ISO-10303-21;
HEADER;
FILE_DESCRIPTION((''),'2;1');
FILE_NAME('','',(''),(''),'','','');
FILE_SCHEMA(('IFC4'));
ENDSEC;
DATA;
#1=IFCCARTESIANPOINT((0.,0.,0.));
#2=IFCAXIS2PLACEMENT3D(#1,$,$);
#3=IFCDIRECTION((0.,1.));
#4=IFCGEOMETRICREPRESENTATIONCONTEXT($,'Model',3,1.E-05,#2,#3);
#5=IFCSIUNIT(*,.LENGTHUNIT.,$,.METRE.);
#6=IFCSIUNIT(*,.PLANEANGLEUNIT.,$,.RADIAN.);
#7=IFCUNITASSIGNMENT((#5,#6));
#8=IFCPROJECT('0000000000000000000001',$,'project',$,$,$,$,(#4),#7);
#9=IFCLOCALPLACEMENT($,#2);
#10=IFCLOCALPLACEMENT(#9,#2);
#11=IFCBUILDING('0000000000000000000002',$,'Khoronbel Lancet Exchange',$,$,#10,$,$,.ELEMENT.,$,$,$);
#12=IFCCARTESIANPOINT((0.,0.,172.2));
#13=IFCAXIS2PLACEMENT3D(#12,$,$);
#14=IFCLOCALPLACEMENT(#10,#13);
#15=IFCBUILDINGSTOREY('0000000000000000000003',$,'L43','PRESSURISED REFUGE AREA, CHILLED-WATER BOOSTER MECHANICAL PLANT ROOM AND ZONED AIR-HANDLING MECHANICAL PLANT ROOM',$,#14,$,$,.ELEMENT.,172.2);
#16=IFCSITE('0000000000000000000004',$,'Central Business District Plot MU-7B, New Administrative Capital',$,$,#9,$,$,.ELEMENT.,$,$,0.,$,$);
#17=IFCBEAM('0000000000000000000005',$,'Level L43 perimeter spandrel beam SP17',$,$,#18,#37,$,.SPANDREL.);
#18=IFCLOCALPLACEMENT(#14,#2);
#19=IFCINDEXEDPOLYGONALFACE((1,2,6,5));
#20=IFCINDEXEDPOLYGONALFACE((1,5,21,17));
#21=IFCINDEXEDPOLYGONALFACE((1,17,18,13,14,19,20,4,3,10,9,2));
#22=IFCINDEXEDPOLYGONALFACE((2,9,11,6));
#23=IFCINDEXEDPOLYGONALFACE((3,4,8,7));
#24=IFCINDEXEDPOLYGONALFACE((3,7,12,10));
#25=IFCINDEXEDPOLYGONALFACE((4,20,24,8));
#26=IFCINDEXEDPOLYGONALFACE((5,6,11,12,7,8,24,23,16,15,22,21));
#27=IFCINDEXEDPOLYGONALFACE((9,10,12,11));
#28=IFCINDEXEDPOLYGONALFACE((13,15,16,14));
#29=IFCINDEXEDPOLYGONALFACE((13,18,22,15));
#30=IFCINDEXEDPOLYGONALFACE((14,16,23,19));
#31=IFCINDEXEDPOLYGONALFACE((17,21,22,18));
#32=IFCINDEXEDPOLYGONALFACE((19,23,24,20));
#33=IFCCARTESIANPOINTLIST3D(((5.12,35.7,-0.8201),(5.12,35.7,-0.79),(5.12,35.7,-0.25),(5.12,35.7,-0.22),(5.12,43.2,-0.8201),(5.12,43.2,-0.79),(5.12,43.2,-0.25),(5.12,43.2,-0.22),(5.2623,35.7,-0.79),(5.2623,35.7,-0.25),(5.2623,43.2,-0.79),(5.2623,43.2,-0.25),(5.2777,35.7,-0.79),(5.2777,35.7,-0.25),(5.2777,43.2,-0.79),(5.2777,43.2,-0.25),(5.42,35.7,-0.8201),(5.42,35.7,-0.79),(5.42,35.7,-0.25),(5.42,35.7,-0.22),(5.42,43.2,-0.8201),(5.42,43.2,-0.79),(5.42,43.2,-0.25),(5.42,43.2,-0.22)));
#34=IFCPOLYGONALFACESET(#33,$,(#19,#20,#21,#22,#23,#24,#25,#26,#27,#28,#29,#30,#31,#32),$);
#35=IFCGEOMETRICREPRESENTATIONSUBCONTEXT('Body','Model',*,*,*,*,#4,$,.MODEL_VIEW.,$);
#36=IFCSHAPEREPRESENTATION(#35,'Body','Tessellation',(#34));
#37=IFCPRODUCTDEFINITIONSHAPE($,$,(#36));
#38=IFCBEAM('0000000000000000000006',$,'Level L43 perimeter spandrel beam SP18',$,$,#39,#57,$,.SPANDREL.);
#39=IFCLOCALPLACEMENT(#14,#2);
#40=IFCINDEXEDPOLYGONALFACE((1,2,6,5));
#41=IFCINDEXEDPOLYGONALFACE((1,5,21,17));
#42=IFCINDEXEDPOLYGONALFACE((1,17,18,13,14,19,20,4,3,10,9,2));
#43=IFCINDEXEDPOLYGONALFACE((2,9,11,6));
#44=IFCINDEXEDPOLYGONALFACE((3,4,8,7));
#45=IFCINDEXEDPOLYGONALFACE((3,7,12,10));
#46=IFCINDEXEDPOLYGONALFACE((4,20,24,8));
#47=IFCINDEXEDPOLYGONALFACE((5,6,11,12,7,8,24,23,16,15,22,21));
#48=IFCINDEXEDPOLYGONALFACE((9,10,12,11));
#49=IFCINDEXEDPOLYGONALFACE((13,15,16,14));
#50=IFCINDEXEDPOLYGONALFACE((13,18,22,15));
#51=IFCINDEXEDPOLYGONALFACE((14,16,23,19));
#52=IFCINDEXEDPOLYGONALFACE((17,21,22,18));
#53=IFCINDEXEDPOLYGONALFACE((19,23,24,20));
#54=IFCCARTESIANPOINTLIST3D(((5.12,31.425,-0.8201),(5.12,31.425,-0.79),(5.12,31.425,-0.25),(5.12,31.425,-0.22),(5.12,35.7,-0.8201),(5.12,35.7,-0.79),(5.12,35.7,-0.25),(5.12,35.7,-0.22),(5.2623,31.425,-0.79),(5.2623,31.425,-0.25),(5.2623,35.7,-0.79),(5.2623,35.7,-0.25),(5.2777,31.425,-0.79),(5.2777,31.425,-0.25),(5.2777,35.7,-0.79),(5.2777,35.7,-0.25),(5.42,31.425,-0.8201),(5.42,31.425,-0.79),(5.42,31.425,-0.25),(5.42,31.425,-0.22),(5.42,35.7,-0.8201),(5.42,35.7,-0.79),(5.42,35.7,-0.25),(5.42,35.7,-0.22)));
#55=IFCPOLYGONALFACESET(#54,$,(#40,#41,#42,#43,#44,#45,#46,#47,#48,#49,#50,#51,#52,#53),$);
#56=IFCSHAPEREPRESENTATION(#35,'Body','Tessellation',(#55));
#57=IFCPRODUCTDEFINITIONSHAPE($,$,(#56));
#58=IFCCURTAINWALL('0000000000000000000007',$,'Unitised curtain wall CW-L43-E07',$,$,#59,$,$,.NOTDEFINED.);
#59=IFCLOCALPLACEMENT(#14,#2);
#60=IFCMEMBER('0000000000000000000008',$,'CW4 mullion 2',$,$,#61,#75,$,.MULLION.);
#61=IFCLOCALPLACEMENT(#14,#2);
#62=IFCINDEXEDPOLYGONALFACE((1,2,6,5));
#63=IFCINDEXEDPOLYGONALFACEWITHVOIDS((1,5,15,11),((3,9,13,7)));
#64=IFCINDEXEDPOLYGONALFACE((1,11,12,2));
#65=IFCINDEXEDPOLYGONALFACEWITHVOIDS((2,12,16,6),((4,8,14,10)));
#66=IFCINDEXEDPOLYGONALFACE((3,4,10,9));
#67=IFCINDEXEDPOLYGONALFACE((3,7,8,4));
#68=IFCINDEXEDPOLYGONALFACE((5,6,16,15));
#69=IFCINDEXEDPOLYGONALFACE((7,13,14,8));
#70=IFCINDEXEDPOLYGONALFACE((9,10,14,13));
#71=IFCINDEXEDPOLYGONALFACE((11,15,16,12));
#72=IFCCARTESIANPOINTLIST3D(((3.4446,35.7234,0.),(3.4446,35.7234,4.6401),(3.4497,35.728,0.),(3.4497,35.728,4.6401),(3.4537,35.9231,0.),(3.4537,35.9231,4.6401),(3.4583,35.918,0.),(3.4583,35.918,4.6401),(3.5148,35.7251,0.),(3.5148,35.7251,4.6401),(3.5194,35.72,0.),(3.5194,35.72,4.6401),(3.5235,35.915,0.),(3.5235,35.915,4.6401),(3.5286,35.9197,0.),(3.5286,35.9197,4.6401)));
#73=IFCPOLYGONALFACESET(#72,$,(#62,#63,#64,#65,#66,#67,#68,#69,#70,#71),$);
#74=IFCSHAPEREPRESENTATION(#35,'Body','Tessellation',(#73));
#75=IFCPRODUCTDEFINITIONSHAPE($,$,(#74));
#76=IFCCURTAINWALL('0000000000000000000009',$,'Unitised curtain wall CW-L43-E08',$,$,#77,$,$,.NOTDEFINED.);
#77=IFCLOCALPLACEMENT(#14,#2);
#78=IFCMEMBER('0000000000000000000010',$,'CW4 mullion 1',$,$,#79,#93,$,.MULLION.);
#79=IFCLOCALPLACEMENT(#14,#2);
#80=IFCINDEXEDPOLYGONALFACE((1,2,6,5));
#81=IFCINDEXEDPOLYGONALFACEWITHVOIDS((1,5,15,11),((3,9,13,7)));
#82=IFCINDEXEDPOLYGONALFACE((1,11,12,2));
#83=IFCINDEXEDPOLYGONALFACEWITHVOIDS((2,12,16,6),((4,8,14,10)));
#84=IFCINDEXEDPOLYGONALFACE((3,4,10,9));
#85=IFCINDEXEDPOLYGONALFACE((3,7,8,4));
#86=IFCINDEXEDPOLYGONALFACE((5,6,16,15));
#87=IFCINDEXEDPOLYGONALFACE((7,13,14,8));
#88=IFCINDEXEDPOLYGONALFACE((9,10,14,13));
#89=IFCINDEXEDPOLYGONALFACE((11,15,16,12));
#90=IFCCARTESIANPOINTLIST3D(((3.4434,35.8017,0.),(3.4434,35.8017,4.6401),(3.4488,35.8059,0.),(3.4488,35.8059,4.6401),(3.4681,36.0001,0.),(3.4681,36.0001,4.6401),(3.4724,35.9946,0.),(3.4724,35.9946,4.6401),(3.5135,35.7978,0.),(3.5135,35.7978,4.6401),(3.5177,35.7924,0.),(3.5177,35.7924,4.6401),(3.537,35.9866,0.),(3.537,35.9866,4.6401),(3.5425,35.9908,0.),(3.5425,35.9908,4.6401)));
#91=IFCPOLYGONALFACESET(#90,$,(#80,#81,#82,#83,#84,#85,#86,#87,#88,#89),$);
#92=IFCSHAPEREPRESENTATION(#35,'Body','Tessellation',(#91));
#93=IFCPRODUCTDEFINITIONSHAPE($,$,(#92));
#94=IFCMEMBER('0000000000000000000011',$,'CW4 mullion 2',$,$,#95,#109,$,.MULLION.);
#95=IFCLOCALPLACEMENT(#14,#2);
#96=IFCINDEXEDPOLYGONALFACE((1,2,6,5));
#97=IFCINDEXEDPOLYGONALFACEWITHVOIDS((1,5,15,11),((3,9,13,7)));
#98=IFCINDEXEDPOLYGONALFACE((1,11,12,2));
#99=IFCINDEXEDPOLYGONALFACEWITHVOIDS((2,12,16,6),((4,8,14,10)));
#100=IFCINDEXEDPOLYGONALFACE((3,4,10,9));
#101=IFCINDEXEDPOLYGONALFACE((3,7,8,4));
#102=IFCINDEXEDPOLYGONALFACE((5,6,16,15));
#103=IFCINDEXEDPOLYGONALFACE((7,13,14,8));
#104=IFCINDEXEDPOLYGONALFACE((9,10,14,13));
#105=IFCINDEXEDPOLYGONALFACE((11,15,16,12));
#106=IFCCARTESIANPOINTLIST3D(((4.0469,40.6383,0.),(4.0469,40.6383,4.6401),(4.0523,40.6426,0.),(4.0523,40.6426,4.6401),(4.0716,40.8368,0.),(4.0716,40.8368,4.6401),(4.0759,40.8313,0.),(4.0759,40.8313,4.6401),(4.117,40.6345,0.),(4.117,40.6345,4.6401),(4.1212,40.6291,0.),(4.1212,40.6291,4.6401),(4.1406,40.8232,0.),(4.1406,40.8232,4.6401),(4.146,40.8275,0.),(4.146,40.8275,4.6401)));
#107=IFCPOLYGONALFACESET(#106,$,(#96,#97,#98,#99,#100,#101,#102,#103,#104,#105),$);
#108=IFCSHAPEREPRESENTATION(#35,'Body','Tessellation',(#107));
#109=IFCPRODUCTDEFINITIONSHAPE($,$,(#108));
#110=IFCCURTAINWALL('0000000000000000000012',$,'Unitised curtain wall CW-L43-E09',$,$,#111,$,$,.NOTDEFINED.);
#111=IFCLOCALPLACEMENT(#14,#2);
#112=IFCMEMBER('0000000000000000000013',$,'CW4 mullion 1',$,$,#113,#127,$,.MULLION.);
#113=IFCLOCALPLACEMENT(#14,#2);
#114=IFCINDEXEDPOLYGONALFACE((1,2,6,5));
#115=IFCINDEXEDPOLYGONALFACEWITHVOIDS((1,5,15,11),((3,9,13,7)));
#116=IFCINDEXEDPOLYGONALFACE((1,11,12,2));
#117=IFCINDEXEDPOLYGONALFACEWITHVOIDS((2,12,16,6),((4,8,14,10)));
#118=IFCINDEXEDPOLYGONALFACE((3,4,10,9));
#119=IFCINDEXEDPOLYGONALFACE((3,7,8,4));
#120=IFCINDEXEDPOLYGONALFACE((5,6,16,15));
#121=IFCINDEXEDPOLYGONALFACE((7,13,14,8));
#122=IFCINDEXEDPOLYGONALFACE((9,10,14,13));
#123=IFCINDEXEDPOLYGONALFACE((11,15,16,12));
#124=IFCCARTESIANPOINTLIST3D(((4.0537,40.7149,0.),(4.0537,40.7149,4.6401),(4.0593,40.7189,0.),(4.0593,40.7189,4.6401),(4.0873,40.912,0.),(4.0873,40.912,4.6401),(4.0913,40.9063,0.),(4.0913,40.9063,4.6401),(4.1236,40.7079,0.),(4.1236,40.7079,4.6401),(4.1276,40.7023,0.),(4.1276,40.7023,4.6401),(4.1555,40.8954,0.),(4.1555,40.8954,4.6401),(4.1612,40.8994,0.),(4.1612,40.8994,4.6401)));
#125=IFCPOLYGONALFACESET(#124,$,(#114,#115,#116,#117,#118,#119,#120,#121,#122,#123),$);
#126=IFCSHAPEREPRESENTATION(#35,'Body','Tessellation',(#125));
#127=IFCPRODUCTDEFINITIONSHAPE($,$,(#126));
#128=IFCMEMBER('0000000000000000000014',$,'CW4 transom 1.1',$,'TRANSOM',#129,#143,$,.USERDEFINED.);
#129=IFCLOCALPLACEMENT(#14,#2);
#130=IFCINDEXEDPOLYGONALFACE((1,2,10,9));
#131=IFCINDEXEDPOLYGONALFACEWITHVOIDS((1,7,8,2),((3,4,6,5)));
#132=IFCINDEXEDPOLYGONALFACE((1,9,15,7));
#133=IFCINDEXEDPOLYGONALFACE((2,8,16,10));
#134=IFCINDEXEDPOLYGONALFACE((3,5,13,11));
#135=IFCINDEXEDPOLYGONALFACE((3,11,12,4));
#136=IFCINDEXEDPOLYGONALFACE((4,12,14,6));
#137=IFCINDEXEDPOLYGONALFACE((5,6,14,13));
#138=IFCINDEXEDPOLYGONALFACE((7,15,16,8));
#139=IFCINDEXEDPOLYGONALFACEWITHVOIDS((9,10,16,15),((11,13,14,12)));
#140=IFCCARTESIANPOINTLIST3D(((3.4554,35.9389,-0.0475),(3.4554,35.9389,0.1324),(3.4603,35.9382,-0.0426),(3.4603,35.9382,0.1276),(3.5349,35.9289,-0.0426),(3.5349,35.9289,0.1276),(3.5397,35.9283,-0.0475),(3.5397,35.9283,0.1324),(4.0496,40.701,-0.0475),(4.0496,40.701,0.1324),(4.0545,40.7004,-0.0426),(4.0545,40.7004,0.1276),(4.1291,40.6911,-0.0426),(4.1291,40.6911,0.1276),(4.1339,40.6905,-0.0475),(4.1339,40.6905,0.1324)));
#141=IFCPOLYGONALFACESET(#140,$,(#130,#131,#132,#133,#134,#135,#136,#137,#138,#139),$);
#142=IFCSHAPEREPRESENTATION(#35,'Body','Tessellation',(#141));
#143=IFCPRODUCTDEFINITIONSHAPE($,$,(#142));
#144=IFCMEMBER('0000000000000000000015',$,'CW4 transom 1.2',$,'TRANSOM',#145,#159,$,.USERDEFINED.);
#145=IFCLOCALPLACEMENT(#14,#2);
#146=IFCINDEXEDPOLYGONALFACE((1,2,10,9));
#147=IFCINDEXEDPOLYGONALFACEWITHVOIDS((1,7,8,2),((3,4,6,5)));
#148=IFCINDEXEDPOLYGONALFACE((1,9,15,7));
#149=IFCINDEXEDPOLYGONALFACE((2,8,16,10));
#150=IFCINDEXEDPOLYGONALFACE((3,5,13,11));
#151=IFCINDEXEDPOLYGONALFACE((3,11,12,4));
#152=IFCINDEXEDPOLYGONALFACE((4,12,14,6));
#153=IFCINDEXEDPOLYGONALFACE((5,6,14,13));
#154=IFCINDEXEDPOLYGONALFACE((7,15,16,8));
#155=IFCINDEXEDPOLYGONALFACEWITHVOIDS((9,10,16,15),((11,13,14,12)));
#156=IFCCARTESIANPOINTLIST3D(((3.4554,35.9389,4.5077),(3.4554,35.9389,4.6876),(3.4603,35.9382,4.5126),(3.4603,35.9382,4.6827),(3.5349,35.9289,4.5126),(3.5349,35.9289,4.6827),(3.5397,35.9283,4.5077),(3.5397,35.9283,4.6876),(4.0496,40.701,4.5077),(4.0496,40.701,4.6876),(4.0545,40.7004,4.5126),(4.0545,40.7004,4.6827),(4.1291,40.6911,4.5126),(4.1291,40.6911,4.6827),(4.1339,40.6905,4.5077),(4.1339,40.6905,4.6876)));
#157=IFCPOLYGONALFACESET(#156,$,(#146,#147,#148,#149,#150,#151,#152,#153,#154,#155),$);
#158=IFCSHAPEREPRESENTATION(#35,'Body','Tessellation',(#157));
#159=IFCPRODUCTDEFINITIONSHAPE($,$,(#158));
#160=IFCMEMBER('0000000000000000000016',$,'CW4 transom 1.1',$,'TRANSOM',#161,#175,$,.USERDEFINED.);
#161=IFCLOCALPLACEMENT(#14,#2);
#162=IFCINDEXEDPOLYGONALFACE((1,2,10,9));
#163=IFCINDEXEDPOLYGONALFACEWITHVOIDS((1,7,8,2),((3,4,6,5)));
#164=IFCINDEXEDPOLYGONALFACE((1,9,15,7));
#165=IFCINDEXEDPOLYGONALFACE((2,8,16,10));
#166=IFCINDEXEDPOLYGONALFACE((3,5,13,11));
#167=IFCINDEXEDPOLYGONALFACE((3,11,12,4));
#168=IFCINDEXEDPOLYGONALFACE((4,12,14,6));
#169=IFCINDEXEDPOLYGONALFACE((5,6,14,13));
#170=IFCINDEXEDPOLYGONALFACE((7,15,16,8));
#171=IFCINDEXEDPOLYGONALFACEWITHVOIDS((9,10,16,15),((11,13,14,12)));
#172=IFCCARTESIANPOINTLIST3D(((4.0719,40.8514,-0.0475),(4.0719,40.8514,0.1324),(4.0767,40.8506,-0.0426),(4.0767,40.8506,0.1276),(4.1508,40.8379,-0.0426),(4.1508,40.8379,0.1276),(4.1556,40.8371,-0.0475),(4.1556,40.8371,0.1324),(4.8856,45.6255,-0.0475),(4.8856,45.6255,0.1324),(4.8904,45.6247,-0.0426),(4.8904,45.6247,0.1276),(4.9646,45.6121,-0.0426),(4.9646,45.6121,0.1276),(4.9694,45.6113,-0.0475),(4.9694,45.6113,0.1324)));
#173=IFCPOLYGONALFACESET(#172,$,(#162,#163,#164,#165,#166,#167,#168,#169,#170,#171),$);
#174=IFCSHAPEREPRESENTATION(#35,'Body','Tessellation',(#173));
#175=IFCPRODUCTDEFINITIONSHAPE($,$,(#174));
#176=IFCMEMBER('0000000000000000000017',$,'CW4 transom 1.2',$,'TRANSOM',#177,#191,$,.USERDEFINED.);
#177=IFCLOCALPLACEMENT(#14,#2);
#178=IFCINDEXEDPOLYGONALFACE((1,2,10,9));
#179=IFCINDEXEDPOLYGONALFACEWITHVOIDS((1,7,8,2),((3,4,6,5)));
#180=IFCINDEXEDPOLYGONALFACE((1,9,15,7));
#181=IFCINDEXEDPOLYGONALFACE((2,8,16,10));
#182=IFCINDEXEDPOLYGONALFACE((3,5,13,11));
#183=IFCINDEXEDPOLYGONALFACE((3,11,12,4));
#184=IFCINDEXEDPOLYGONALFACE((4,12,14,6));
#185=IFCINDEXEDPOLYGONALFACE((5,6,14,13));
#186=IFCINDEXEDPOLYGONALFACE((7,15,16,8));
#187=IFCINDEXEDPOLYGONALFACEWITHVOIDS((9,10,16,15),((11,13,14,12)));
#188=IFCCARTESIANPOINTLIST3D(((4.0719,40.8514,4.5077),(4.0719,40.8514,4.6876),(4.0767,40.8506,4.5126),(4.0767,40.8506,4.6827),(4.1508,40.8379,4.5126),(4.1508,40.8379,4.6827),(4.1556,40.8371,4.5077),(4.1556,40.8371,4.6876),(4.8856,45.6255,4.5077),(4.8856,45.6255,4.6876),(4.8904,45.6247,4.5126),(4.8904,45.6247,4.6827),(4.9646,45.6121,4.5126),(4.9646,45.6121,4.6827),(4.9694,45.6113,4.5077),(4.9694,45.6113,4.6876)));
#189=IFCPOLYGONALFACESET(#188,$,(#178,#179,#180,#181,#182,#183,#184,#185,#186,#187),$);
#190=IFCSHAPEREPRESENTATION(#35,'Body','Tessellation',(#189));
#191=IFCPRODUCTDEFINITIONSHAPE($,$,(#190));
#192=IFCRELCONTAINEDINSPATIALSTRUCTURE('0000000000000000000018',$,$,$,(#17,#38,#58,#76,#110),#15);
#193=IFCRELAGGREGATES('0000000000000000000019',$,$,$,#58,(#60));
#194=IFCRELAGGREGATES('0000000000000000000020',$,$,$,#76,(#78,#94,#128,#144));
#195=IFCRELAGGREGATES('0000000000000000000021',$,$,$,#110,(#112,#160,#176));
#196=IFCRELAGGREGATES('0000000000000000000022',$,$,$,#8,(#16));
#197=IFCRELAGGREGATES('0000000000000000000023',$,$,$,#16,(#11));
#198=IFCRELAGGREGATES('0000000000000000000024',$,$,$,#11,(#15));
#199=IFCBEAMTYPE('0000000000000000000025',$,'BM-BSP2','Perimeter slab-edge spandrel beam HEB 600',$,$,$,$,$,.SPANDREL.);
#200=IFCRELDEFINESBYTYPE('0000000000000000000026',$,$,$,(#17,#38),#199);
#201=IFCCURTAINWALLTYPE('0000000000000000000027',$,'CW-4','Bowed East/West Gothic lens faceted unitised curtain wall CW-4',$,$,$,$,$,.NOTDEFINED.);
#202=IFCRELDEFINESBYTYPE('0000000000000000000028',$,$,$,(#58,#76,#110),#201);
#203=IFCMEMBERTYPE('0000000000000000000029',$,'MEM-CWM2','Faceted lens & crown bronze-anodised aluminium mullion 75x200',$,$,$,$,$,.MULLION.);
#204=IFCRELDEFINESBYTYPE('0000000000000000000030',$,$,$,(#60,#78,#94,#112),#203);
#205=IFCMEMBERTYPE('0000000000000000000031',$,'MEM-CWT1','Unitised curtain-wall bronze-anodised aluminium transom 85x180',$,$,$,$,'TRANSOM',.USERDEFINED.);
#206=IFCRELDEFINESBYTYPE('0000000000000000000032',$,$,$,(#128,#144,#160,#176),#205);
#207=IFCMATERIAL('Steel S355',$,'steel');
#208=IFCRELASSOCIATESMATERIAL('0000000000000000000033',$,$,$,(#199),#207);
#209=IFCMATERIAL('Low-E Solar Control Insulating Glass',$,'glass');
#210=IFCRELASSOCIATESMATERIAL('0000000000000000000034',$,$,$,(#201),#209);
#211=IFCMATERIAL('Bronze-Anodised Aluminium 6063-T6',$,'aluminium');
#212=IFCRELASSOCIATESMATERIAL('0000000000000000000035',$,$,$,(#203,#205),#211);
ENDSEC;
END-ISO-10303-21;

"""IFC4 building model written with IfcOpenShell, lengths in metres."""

from ifc_helpers import new_model, si_unit, direction, frame, origin, origin_2d, place, context, subcontext, project, spatial, hollow_rectangle, i_section, extrude, material, material_profile, profile_set, type_object, element, aggregate, save


model = new_model("IFC4")

# Units and contexts
model_context = context("Model", 3, precision=1e-05, world=origin(), true_north=direction((0.0, 1.0)))
body_context = subcontext(model_context, "Body", "Model", "MODEL_VIEW")
ifc_project = project(units=[si_unit("LENGTHUNIT", "METRE"), si_unit("PLANEANGLEUNIT", "RADIAN")], contexts=[model_context])

# Site, building, storey
site_placement = place(None, origin())
site = spatial("IfcSite", under=ifc_project, at=site_placement, Name="Central Business District Plot MU-7B, New Administrative Capital", CompositionType="ELEMENT", RefElevation=0.0)
building_placement = place(site_placement, origin())
building = spatial("IfcBuilding", under=site, at=building_placement, Name="Khoronbel Lancet Exchange", CompositionType="ELEMENT")
storey_placement = place(building_placement, frame((0.0, 0.0, 172.2)))
storey = spatial("IfcBuildingStorey", under=building, at=storey_placement, Name="L43", Description="PRESSURISED REFUGE AREA, CHILLED-WATER BOOSTER MECHANICAL PLANT ROOM AND ZONED AIR-HANDLING MECHANICAL PLANT ROOM", CompositionType="ELEMENT", Elevation=172.2)

# Shared definitions
ifc_material_1 = material(Name="Steel S355", Category="steel")

# Beams
ifc_material_profile_1 = material_profile(ifc_material_1, i_section(OverallWidth=0.3, OverallDepth=0.6001, WebThickness=0.0154, FlangeThickness=0.03, at=origin_2d()), Name="HEB 600")
ifc_profile_set_1 = profile_set([ifc_material_profile_1], Name="Steel S355")
beam_type_1 = type_object("IfcBeamType", Name="BM-BSP2", Description="Perimeter slab-edge spandrel beam HEB 600", PredefinedType="SPANDREL", material=ifc_profile_set_1)
beam_1_placement = place(storey_placement, frame((5.27, 43.2, -0.52), z_axis=(0.0, -1.0, 0.0), x_axis=(1.0, 0.0, 0.0)))
element("IfcBeam", 1, at=beam_1_placement, inside=storey, type_object=beam_type_1, Name="Level L43 perimeter spandrel beam SP17", PredefinedType="SPANDREL", context=body_context, shape_type="SweptSolid", body=[
    extrude(i_section(OverallWidth=0.3, OverallDepth=0.6001, WebThickness=0.0154, FlangeThickness=0.03, at=origin_2d()), origin(), (0.0, 0.0, 1.0), 7.5),
])
beam_2_placement = place(storey_placement, frame((5.27, 35.7, -0.52), z_axis=(0.0, -1.0, 0.0), x_axis=(1.0, 0.0, 0.0)))
element("IfcBeam", 2, at=beam_2_placement, inside=storey, type_object=beam_type_1, Name="Level L43 perimeter spandrel beam SP18", PredefinedType="SPANDREL", context=body_context, shape_type="SweptSolid", body=[
    extrude(i_section(OverallWidth=0.3, OverallDepth=0.6001, WebThickness=0.0154, FlangeThickness=0.03, at=origin_2d()), origin(), (0.0, 0.0, 1.0), 4.2749),
])

# Curtain wall, member
ifc_material_2 = material(Name="Low-E Solar Control Insulating Glass", Category="glass")
curtain_wall_type = type_object("IfcCurtainWallType", Name="CW-4", Description="Bowed East/West Gothic lens faceted unitised curtain wall CW-4", PredefinedType="NOTDEFINED", material=ifc_material_2)
curtain_wall_1_placement = place(storey_placement, origin())
curtain_wall_1 = element("IfcCurtainWall", 3, at=curtain_wall_1_placement, inside=storey, type_object=curtain_wall_type, Name="Unitised curtain wall CW-L43-E07", PredefinedType="NOTDEFINED")
ifc_material_3 = material(Name="Bronze-Anodised Aluminium 6063-T6", Category="aluminium")
ifc_material_profile_2 = material_profile(ifc_material_3, hollow_rectangle(XDim=0.075, YDim=0.2, WallThickness=0.0049, at=origin_2d()), Name="ALU MULLION 75x200")
ifc_profile_set_2 = profile_set([ifc_material_profile_2], Name="Bronze-Anodised Aluminium 6063-T6")
member_type_1 = type_object("IfcMemberType", Name="MEM-CWM2", Description="Faceted lens & crown bronze-anodised aluminium mullion 75x200", PredefinedType="MULLION", material=ifc_profile_set_2)
member_1_placement = place(storey_placement, frame((3.4866, 35.8215, 0.0), z_axis=(0.0, 0.0, 1.0), x_axis=(-0.99896, 0.045602, 0.0)))
member_1 = element("IfcMember", 4, at=member_1_placement, type_object=member_type_1, Name="CW4 mullion 2", PredefinedType="MULLION", context=body_context, shape_type="SweptSolid", body=[
    extrude(hollow_rectangle(XDim=0.075, YDim=0.2, WallThickness=0.0049, at=origin_2d()), origin(), (0.0, 0.0, 1.0), 4.6401),
])
aggregate(curtain_wall_1, [member_1])

# Curtain wall, members
curtain_wall_2_placement = place(storey_placement, origin())
curtain_wall_2 = element("IfcCurtainWall", 5, at=curtain_wall_2_placement, inside=storey, type_object=curtain_wall_type, Name="Unitised curtain wall CW-L43-E08", PredefinedType="NOTDEFINED")
member_2_placement = place(storey_placement, frame((3.4929, 35.8962, 0.0), z_axis=(0.0, 0.0, 1.0), x_axis=(-0.992302, 0.123838, 0.0)))
member_2 = element("IfcMember", 6, at=member_2_placement, type_object=member_type_1, Name="CW4 mullion 1", PredefinedType="MULLION", context=body_context, shape_type="SweptSolid", body=[
    extrude(hollow_rectangle(XDim=0.075, YDim=0.2, WallThickness=0.0049, at=origin_2d()), origin(), (0.0, 0.0, 1.0), 4.6401),
])
member_3_placement = place(storey_placement, frame((4.0964, 40.7329, 0.0), z_axis=(0.0, 0.0, 1.0), x_axis=(-0.992302, 0.123838, 0.0)))
member_3 = element("IfcMember", 7, at=member_3_placement, type_object=member_type_1, Name="CW4 mullion 2", PredefinedType="MULLION", context=body_context, shape_type="SweptSolid", body=[
    extrude(hollow_rectangle(XDim=0.075, YDim=0.2, WallThickness=0.0049, at=origin_2d()), origin(), (0.0, 0.0, 1.0), 4.6401),
])

# Curtain wall, member
curtain_wall_3_placement = place(storey_placement, origin())
curtain_wall_3 = element("IfcCurtainWall", 8, at=curtain_wall_3_placement, inside=storey, type_object=curtain_wall_type, Name="Unitised curtain wall CW-L43-E09", PredefinedType="NOTDEFINED")
member_4_placement = place(storey_placement, frame((4.1074, 40.8071, 0.0), z_axis=(0.0, 0.0, 1.0), x_axis=(-0.985785, 0.168009, 0.0)))
member_4 = element("IfcMember", 9, at=member_4_placement, type_object=member_type_1, Name="CW4 mullion 1", PredefinedType="MULLION", context=body_context, shape_type="SweptSolid", body=[
    extrude(hollow_rectangle(XDim=0.075, YDim=0.2, WallThickness=0.0049, at=origin_2d()), origin(), (0.0, 0.0, 1.0), 4.6401),
])

# Members
ifc_material_profile_3 = material_profile(ifc_material_3, hollow_rectangle(XDim=0.085, YDim=0.1799, WallThickness=0.0049, at=origin_2d()), Name="ALU TRANSOM 85x180")
ifc_profile_set_3 = profile_set([ifc_material_profile_3], Name="Bronze-Anodised Aluminium 6063-T6")
member_type_2 = type_object("IfcMemberType", Name="MEM-CWT1", Description="Unitised curtain-wall bronze-anodised aluminium transom 85x180", ElementType="TRANSOM", PredefinedType="USERDEFINED", material=ifc_profile_set_3)
member_5_placement = place(storey_placement, frame((3.4976, 35.9336, 0.0425), z_axis=(0.123822, 0.992304, 0.0), x_axis=(-0.992304, 0.123822, 0.0)))
member_5 = element("IfcMember", 10, at=member_5_placement, type_object=member_type_2, Name="CW4 transom 1.1", ObjectType="TRANSOM", PredefinedType="USERDEFINED", context=body_context, shape_type="SweptSolid", body=[
    extrude(hollow_rectangle(XDim=0.085, YDim=0.1799, WallThickness=0.0049, at=origin_2d()), origin(), (0.0, 0.0, 1.0), 4.7991),
])
member_6_placement = place(storey_placement, frame((3.4976, 35.9336, 4.5977), z_axis=(0.123822, 0.992304, 0.0), x_axis=(-0.992304, 0.123822, 0.0)))
member_6 = element("IfcMember", 11, at=member_6_placement, type_object=member_type_2, Name="CW4 transom 1.2", ObjectType="TRANSOM", PredefinedType="USERDEFINED", context=body_context, shape_type="SweptSolid", body=[
    extrude(hollow_rectangle(XDim=0.085, YDim=0.1799, WallThickness=0.0049, at=origin_2d()), origin(), (0.0, 0.0, 1.0), 4.7991),
])
member_7_placement = place(storey_placement, frame((4.1138, 40.8442, 0.0425), z_axis=(0.168019, 0.985784, 0.0), x_axis=(-0.985784, 0.168019, 0.0)))
member_7 = element("IfcMember", 12, at=member_7_placement, type_object=member_type_2, Name="CW4 transom 1.1", ObjectType="TRANSOM", PredefinedType="USERDEFINED", context=body_context, shape_type="SweptSolid", body=[
    extrude(hollow_rectangle(XDim=0.085, YDim=0.1799, WallThickness=0.0049, at=origin_2d()), origin(), (0.0, 0.0, 1.0), 4.843),
])
member_8_placement = place(storey_placement, frame((4.1138, 40.8442, 4.5977), z_axis=(0.168019, 0.985784, 0.0), x_axis=(-0.985784, 0.168019, 0.0)))
member_8 = element("IfcMember", 13, at=member_8_placement, type_object=member_type_2, Name="CW4 transom 1.2", ObjectType="TRANSOM", PredefinedType="USERDEFINED", context=body_context, shape_type="SweptSolid", body=[
    extrude(hollow_rectangle(XDim=0.085, YDim=0.1799, WallThickness=0.0049, at=origin_2d()), origin(), (0.0, 0.0, 1.0), 4.843),
])

aggregate(curtain_wall_2, [member_2, member_3, member_5, member_6])
aggregate(curtain_wall_3, [member_4, member_7, member_8])

save(model, "model.ifc")
